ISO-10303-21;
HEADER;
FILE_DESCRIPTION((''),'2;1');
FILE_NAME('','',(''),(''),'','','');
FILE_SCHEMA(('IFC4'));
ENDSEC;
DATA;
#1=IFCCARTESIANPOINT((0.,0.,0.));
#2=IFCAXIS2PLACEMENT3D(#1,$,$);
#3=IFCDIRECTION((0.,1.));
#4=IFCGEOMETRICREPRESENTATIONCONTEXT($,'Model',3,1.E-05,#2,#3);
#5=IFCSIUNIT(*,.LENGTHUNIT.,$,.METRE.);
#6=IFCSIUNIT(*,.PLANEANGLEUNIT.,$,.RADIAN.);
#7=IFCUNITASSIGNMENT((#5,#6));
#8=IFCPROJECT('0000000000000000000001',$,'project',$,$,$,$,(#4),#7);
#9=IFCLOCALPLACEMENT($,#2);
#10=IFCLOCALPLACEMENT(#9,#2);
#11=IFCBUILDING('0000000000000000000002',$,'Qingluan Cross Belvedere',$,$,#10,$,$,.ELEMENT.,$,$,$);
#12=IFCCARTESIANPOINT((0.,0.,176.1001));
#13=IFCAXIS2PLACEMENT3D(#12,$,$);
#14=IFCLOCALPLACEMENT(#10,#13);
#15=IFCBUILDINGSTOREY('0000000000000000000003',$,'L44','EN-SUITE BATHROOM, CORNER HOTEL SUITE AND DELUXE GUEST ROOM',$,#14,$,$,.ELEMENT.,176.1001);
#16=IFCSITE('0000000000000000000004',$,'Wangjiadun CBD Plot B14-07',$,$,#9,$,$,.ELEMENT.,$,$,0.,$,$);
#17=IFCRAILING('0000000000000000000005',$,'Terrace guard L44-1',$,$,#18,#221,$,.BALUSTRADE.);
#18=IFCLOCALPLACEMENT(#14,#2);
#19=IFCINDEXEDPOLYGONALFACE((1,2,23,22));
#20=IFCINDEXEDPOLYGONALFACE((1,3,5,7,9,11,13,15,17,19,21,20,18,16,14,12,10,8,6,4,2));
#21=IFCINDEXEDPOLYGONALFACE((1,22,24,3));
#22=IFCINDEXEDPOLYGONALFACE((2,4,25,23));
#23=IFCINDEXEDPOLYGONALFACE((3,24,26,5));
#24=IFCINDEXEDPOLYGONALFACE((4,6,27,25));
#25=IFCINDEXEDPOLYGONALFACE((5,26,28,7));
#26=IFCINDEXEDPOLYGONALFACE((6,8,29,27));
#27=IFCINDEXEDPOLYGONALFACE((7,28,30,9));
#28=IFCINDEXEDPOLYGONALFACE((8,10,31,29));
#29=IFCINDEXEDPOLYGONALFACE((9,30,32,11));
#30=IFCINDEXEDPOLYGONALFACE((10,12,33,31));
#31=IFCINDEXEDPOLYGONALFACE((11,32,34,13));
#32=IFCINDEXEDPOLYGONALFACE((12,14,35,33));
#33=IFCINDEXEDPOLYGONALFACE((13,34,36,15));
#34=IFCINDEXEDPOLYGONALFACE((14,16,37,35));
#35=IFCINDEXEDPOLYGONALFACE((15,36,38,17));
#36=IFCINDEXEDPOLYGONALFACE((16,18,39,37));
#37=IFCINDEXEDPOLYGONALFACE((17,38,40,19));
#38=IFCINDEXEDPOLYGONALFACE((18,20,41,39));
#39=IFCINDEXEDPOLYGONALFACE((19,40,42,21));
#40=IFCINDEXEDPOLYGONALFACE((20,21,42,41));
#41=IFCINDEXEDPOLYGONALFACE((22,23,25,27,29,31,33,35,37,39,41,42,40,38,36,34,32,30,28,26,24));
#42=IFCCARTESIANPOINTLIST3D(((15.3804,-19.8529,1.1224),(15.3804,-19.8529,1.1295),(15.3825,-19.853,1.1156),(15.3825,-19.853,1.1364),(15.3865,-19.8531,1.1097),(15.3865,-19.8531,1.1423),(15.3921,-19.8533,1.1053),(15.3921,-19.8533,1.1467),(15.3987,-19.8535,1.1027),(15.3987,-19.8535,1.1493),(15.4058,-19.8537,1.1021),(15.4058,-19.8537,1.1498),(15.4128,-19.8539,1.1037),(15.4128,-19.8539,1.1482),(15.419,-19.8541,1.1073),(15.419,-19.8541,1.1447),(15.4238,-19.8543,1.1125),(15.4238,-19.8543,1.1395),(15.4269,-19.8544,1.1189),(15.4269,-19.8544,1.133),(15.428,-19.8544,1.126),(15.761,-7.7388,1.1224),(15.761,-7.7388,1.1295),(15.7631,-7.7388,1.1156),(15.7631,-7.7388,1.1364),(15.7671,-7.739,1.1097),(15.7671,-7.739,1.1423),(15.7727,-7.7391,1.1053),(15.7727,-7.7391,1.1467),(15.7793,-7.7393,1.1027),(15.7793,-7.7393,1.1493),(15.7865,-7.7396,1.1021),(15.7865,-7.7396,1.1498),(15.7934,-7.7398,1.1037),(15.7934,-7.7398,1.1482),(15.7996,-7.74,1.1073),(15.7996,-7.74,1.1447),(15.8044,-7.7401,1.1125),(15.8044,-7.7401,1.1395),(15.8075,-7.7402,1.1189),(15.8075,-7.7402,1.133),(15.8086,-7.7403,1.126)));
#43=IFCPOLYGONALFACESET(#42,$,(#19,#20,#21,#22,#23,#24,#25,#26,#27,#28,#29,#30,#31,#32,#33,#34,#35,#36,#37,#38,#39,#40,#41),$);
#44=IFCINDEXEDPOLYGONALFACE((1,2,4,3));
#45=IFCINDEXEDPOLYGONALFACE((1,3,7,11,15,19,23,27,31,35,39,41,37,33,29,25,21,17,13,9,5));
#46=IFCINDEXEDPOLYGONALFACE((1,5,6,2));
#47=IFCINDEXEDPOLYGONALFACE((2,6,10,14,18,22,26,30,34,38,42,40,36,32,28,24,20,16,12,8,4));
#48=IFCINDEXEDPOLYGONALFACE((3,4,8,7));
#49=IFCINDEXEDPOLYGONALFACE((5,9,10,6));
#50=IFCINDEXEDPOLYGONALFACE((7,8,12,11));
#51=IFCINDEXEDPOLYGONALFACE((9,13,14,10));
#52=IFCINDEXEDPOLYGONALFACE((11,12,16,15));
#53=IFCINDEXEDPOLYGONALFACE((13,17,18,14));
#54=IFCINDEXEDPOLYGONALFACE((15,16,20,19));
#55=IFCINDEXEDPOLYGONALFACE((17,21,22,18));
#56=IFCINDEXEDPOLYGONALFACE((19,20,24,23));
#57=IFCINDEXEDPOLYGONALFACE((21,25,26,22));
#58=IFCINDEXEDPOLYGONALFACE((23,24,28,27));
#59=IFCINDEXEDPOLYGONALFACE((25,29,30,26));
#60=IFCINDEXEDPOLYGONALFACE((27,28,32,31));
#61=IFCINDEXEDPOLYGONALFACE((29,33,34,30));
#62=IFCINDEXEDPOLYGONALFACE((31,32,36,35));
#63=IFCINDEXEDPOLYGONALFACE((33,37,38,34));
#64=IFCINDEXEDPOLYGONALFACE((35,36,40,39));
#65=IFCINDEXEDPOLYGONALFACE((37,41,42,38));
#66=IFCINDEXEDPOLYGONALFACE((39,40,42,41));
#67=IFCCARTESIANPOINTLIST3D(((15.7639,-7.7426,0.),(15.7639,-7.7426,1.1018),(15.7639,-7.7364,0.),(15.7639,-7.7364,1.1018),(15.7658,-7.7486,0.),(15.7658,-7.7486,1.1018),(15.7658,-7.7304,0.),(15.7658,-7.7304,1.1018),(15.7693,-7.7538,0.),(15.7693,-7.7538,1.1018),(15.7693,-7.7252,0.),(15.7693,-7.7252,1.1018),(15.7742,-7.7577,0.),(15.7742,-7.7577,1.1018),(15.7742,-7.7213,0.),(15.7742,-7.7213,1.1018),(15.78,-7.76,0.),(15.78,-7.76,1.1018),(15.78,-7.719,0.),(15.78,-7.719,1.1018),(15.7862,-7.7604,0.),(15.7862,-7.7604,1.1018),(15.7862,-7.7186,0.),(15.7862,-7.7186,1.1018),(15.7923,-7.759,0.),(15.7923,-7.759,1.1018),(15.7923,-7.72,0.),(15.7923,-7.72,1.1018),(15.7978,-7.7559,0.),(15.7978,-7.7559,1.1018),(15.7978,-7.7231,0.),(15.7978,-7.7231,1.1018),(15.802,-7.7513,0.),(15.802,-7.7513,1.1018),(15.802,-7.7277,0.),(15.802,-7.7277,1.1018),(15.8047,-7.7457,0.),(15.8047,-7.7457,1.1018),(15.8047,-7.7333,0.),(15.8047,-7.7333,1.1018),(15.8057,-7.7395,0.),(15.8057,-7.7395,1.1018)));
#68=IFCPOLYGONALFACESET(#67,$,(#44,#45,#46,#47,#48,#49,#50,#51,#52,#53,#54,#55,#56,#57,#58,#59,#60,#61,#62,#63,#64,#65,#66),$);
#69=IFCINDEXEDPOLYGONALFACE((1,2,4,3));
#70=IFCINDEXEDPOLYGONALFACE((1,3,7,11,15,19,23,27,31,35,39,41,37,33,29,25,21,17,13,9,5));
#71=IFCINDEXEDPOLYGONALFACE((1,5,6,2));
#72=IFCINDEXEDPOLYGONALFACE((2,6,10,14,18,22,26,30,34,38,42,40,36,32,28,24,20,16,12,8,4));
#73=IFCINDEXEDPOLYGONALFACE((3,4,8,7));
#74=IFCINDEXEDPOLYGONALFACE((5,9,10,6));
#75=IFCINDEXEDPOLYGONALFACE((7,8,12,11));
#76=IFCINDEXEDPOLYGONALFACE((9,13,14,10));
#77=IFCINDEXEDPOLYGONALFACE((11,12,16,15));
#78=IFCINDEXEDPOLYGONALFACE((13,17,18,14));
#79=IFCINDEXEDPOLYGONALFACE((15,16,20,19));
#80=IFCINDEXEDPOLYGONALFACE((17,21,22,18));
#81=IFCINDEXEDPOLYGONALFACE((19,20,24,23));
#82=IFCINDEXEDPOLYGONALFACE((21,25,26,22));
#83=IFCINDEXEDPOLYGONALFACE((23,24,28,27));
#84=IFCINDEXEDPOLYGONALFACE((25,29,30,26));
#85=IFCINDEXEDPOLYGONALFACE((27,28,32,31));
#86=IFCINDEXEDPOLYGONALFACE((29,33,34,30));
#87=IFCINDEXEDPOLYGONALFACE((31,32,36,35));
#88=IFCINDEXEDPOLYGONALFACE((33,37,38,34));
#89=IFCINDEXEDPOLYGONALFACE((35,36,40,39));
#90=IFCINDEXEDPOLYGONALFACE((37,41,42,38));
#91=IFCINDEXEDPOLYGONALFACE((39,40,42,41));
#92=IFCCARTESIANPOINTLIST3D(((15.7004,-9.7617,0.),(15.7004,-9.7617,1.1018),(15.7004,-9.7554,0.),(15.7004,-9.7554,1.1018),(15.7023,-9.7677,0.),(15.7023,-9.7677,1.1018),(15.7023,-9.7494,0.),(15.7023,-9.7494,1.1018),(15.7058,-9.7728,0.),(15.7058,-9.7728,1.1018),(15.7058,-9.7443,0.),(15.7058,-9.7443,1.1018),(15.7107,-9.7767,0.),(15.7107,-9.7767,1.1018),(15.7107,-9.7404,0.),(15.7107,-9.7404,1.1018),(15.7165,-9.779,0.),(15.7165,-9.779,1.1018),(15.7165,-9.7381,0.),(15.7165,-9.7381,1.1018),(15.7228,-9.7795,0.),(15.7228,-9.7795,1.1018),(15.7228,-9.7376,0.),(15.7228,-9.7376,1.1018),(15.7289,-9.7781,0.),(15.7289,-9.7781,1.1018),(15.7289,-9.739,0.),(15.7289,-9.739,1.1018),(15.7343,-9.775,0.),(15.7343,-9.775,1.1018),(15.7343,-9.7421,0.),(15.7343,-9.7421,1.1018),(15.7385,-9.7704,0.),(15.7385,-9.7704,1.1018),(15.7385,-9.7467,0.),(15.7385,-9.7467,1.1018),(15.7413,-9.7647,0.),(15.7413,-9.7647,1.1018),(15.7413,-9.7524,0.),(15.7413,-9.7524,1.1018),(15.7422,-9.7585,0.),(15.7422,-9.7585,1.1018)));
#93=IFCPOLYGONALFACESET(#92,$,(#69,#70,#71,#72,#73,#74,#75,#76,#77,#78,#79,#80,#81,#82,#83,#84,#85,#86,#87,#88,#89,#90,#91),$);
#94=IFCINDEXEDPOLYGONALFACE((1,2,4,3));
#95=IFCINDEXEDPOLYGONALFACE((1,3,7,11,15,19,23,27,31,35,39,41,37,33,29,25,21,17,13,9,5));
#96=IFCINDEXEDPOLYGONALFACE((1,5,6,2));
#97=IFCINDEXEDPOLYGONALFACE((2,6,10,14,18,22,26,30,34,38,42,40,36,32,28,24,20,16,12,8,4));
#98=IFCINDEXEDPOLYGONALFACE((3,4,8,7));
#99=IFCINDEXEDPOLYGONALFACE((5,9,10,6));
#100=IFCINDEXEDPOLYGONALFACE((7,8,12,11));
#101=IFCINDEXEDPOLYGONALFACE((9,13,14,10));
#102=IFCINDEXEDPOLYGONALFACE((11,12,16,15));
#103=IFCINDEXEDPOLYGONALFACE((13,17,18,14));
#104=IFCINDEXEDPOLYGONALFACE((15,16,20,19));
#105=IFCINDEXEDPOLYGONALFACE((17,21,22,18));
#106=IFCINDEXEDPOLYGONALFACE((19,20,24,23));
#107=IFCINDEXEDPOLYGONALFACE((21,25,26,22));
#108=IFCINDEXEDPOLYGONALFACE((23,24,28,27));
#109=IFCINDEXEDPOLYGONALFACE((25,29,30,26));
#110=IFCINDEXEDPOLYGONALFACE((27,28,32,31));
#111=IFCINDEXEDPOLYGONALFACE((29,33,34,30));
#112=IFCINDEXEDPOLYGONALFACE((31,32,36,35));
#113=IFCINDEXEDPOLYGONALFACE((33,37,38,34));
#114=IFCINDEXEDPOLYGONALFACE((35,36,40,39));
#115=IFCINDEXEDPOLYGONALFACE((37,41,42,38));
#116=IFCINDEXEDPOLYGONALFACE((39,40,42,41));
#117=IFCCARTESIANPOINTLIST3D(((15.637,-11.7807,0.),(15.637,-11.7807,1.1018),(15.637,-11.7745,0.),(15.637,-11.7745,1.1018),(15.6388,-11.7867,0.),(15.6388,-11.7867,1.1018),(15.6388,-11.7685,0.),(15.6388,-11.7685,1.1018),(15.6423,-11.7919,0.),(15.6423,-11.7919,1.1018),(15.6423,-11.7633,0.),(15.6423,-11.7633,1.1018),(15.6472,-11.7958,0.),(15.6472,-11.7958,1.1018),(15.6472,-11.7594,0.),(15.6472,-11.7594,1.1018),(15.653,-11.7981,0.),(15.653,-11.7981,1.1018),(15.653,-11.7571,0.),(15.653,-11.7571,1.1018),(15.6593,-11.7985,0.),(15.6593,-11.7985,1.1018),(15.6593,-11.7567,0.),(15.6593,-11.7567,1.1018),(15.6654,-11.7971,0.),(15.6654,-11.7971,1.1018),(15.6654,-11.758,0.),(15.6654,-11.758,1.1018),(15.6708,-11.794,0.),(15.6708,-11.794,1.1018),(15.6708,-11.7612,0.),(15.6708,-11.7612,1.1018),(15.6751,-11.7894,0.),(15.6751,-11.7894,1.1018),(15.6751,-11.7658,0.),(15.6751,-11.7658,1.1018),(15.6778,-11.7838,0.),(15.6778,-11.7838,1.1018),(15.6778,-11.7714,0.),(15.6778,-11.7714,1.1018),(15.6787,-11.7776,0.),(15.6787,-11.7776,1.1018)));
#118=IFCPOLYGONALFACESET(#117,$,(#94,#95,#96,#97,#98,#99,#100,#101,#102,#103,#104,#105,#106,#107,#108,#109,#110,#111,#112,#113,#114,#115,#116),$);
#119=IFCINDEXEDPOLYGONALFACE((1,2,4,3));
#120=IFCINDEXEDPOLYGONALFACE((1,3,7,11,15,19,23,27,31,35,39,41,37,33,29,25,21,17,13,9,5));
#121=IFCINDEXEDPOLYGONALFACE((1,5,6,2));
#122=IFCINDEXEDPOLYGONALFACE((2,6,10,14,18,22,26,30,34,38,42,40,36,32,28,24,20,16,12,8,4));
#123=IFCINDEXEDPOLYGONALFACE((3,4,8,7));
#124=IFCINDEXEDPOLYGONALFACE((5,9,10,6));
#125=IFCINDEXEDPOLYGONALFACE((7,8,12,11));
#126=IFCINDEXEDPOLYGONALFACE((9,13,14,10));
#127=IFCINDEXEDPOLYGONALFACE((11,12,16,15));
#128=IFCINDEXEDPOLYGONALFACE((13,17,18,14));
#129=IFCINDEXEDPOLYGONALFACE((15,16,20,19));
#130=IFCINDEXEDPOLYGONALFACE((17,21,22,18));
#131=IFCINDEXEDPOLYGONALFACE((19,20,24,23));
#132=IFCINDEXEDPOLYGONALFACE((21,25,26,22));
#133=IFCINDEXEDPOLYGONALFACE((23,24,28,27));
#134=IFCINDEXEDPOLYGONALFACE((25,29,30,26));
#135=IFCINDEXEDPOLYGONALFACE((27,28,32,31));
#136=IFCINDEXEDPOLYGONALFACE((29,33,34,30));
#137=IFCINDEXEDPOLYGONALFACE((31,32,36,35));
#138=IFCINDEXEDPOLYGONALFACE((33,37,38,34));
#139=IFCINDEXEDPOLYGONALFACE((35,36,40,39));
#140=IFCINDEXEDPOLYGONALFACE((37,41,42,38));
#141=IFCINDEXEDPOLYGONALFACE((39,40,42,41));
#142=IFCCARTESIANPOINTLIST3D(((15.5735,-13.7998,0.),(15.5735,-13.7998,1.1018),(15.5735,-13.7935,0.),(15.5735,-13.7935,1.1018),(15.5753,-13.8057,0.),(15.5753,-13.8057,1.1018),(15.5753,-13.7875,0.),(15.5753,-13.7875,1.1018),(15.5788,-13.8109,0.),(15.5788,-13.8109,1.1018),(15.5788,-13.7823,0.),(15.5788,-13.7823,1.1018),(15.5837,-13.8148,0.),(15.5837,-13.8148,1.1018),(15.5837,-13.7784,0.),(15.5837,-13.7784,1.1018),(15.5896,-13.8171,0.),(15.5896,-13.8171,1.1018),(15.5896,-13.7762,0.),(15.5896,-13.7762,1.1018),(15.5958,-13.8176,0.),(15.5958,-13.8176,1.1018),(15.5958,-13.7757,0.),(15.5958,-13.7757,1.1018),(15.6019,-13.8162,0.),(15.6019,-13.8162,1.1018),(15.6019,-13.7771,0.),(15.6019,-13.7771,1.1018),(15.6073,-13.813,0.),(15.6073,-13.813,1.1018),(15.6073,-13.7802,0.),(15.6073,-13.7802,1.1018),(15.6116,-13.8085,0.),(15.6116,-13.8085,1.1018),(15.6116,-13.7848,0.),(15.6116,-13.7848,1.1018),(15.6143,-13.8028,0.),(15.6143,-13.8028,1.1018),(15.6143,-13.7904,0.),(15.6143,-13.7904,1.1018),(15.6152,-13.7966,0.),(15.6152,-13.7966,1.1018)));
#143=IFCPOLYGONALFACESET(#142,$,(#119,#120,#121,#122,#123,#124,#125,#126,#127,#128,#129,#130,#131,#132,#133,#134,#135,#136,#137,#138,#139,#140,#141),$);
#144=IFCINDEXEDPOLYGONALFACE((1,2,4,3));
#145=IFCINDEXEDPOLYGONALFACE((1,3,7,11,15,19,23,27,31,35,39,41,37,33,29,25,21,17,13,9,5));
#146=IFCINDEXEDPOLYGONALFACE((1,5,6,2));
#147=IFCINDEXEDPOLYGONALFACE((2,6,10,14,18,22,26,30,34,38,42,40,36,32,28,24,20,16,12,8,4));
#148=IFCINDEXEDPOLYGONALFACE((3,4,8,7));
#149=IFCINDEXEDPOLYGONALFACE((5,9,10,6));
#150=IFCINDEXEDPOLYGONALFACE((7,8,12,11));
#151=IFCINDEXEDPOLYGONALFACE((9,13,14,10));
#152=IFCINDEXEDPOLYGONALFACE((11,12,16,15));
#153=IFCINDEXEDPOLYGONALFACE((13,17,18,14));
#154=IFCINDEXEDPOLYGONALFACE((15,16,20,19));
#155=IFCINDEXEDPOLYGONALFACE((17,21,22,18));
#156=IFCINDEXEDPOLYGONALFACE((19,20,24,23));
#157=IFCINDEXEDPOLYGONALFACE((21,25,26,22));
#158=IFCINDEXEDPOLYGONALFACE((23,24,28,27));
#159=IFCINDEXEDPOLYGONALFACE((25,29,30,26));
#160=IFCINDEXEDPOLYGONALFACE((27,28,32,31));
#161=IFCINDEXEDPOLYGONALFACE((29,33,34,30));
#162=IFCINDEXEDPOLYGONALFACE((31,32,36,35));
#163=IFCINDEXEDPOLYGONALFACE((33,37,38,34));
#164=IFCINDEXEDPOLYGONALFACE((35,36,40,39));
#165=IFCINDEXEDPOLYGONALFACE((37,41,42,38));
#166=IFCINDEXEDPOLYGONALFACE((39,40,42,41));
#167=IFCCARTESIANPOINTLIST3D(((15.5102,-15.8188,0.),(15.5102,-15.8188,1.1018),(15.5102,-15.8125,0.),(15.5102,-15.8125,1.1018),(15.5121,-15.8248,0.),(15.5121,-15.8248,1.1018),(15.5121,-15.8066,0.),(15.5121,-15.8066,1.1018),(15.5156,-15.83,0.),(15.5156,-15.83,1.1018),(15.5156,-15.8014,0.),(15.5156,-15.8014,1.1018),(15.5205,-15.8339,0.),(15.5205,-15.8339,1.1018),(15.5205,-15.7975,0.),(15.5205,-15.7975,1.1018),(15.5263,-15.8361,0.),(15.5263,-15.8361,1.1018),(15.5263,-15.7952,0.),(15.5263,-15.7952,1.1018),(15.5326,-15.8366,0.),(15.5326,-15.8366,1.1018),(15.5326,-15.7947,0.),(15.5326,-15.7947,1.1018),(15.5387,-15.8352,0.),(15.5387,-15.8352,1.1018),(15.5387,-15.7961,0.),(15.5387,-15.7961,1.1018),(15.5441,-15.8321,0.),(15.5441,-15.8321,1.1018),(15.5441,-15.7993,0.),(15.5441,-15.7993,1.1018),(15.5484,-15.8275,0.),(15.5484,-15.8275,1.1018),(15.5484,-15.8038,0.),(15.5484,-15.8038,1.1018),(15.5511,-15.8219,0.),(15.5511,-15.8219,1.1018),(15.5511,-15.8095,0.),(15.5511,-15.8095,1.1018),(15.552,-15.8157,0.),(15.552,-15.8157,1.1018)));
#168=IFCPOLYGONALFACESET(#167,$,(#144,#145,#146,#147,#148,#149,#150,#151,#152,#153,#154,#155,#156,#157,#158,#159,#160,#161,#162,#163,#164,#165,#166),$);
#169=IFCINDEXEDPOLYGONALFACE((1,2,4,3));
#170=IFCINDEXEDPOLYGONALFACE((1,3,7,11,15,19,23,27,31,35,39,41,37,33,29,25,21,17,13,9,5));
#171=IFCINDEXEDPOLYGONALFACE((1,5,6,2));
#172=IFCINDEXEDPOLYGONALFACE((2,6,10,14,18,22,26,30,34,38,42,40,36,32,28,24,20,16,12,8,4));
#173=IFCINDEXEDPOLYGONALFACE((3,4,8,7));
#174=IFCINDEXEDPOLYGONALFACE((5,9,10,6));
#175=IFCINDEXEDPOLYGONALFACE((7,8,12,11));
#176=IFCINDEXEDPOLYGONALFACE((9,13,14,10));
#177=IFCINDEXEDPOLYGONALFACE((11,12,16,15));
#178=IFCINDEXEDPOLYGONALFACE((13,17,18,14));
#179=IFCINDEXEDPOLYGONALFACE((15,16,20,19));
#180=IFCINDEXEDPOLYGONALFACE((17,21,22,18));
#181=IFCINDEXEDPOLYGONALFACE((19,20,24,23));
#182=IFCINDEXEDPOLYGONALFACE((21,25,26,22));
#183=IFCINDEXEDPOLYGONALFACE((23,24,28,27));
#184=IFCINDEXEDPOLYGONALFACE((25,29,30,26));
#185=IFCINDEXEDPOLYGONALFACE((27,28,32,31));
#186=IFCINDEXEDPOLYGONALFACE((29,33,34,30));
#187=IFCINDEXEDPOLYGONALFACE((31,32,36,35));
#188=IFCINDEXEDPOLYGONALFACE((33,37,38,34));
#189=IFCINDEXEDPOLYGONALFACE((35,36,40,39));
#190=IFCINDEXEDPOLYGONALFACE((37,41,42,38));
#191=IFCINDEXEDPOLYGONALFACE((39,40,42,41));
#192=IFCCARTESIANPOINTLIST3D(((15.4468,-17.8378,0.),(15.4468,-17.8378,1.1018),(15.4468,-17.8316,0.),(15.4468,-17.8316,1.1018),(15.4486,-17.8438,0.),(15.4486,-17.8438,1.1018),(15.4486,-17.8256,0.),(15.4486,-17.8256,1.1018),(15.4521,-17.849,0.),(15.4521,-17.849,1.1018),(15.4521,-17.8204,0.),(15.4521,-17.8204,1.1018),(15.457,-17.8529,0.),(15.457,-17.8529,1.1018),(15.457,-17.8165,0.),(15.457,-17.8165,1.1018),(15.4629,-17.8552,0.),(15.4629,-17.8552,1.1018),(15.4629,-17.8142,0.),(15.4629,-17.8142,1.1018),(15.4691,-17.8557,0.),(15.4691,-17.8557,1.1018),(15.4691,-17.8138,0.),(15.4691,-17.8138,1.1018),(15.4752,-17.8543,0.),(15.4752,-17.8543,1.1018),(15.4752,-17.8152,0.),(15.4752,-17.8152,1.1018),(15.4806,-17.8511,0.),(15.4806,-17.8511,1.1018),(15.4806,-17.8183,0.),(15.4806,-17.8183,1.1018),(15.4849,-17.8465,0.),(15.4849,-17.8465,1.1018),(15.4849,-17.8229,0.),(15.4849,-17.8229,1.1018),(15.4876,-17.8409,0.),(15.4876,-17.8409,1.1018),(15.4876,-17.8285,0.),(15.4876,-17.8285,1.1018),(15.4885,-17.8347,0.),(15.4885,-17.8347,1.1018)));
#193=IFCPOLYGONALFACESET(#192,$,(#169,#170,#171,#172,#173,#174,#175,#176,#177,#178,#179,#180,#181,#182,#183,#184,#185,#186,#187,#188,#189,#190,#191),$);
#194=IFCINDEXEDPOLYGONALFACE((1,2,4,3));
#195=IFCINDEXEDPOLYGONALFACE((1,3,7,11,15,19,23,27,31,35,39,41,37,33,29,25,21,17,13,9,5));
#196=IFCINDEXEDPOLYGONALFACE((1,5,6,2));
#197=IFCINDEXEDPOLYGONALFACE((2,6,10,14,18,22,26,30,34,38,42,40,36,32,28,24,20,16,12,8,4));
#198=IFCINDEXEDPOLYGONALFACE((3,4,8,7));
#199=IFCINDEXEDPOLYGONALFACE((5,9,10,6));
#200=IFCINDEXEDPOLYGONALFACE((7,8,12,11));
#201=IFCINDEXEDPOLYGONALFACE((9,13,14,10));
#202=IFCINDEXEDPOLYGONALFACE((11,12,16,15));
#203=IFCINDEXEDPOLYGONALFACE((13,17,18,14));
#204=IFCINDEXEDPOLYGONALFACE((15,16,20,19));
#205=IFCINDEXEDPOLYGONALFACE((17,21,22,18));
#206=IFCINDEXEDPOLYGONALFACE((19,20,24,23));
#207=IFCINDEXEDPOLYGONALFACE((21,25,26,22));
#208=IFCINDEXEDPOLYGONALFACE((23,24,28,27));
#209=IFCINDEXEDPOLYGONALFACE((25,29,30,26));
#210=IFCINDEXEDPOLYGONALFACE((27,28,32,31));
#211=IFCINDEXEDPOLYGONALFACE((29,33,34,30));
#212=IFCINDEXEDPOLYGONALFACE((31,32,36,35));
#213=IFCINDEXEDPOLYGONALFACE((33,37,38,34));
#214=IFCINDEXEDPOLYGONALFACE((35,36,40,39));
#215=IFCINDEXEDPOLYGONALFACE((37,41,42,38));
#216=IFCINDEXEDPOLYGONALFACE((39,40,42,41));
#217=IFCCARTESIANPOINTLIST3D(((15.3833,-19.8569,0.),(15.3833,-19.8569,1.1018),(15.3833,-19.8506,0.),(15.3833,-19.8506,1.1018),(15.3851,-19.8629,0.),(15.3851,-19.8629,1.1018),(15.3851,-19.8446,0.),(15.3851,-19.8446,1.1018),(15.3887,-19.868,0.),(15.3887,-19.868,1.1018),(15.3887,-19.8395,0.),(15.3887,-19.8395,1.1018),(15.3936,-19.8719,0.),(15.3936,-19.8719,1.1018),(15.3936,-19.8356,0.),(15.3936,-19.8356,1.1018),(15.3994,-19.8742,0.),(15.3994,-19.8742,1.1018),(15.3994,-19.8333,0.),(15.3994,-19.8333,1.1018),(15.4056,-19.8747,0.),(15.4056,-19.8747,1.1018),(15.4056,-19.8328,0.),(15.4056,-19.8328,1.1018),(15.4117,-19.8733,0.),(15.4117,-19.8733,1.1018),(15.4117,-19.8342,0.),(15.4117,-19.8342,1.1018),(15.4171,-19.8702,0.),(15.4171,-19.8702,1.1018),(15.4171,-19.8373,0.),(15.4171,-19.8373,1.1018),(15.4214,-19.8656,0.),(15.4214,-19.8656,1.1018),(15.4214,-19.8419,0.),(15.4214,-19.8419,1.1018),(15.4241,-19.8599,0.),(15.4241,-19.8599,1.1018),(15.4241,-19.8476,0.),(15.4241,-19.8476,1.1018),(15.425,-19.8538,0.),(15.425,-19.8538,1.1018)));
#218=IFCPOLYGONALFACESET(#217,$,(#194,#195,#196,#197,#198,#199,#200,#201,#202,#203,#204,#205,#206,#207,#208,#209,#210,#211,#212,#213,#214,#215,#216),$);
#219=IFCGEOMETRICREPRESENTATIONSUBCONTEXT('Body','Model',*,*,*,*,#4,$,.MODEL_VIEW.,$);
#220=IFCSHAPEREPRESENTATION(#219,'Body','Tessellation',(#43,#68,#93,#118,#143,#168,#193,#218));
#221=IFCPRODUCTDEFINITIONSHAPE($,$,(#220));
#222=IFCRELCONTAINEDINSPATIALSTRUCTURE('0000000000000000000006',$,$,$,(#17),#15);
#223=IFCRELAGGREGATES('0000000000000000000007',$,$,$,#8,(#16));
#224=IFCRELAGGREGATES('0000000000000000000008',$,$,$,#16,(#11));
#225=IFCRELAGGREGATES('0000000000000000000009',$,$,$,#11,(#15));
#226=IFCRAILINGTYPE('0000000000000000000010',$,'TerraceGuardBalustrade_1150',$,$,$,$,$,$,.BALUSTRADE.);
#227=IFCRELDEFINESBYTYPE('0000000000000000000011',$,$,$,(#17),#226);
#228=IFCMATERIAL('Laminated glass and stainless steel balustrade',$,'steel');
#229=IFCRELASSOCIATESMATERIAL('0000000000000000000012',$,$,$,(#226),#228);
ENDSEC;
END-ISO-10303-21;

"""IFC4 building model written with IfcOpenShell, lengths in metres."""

from ifc_helpers import new_model, si_unit, direction, frame, origin, origin_2d, place, context, subcontext, project, spatial, circle, extrude, material, type_object, element, save


model = new_model("IFC4")

# Units and contexts
model_context = context("Model", 3, precision=1e-05, world=origin(), true_north=direction((0.0, 1.0)))
body_context = subcontext(model_context, "Body", "Model", "MODEL_VIEW")
ifc_project = project(units=[si_unit("LENGTHUNIT", "METRE"), si_unit("PLANEANGLEUNIT", "RADIAN")], contexts=[model_context])

# Site, building, storey
site_placement = place(None, origin())
site = spatial("IfcSite", under=ifc_project, at=site_placement, Name="Wangjiadun CBD Plot B14-07", CompositionType="ELEMENT", RefElevation=0.0)
building_placement = place(site_placement, origin())
building = spatial("IfcBuilding", under=site, at=building_placement, Name="Qingluan Cross Belvedere", CompositionType="ELEMENT")
storey_placement = place(building_placement, frame((0.0, 0.0, 176.1001)))
storey = spatial("IfcBuildingStorey", under=building, at=storey_placement, Name="L44", Description="EN-SUITE BATHROOM, CORNER HOTEL SUITE AND DELUXE GUEST ROOM", CompositionType="ELEMENT", Elevation=176.1001)

# Railing
ifc_material_1 = material(Name="Laminated glass and stainless steel balustrade", Category="steel")
railing_type = type_object("IfcRailingType", Name="TerraceGuardBalustrade_1150", PredefinedType="BALUSTRADE", material=ifc_material_1)
railing_placement = place(storey_placement, frame((15.7847, -7.7395, 0.0)))
element("IfcRailing", 1, at=railing_placement, inside=storey, type_object=railing_type, Name="Terrace guard L44-1", PredefinedType="BALUSTRADE", context=body_context, shape_type="SweptSolid", body=[
    extrude(circle(Radius=0.0239, at=origin_2d()), frame((0.0, 0.0, 1.126), z_axis=(-0.031403, -0.999507, 0.0), x_axis=(0.999507, -0.031403, 0.0)), (0.0, 0.0, 1.0), 12.1201),
    extrude(circle(Radius=0.021, at=origin_2d()), origin(), (0.0, 0.0, 1.0), 1.1018),
    extrude(circle(Radius=0.021, at=origin_2d()), frame((-0.0635, -2.019, 0.0)), (0.0, 0.0, 1.0), 1.1018),
    extrude(circle(Radius=0.021, at=origin_2d()), frame((-0.127, -4.0381, 0.0)), (0.0, 0.0, 1.0), 1.1018),
    extrude(circle(Radius=0.021, at=origin_2d()), frame((-0.1904, -6.0571, 0.0)), (0.0, 0.0, 1.0), 1.1018),
    extrude(circle(Radius=0.021, at=origin_2d()), frame((-0.2537, -8.0762, 0.0)), (0.0, 0.0, 1.0), 1.1018),
    extrude(circle(Radius=0.021, at=origin_2d()), frame((-0.3171, -10.0952, 0.0)), (0.0, 0.0, 1.0), 1.1018),
    extrude(circle(Radius=0.021, at=origin_2d()), frame((-0.3806, -12.1143, 0.0)), (0.0, 0.0, 1.0), 1.1018),
])

save(model, "model.ifc")
